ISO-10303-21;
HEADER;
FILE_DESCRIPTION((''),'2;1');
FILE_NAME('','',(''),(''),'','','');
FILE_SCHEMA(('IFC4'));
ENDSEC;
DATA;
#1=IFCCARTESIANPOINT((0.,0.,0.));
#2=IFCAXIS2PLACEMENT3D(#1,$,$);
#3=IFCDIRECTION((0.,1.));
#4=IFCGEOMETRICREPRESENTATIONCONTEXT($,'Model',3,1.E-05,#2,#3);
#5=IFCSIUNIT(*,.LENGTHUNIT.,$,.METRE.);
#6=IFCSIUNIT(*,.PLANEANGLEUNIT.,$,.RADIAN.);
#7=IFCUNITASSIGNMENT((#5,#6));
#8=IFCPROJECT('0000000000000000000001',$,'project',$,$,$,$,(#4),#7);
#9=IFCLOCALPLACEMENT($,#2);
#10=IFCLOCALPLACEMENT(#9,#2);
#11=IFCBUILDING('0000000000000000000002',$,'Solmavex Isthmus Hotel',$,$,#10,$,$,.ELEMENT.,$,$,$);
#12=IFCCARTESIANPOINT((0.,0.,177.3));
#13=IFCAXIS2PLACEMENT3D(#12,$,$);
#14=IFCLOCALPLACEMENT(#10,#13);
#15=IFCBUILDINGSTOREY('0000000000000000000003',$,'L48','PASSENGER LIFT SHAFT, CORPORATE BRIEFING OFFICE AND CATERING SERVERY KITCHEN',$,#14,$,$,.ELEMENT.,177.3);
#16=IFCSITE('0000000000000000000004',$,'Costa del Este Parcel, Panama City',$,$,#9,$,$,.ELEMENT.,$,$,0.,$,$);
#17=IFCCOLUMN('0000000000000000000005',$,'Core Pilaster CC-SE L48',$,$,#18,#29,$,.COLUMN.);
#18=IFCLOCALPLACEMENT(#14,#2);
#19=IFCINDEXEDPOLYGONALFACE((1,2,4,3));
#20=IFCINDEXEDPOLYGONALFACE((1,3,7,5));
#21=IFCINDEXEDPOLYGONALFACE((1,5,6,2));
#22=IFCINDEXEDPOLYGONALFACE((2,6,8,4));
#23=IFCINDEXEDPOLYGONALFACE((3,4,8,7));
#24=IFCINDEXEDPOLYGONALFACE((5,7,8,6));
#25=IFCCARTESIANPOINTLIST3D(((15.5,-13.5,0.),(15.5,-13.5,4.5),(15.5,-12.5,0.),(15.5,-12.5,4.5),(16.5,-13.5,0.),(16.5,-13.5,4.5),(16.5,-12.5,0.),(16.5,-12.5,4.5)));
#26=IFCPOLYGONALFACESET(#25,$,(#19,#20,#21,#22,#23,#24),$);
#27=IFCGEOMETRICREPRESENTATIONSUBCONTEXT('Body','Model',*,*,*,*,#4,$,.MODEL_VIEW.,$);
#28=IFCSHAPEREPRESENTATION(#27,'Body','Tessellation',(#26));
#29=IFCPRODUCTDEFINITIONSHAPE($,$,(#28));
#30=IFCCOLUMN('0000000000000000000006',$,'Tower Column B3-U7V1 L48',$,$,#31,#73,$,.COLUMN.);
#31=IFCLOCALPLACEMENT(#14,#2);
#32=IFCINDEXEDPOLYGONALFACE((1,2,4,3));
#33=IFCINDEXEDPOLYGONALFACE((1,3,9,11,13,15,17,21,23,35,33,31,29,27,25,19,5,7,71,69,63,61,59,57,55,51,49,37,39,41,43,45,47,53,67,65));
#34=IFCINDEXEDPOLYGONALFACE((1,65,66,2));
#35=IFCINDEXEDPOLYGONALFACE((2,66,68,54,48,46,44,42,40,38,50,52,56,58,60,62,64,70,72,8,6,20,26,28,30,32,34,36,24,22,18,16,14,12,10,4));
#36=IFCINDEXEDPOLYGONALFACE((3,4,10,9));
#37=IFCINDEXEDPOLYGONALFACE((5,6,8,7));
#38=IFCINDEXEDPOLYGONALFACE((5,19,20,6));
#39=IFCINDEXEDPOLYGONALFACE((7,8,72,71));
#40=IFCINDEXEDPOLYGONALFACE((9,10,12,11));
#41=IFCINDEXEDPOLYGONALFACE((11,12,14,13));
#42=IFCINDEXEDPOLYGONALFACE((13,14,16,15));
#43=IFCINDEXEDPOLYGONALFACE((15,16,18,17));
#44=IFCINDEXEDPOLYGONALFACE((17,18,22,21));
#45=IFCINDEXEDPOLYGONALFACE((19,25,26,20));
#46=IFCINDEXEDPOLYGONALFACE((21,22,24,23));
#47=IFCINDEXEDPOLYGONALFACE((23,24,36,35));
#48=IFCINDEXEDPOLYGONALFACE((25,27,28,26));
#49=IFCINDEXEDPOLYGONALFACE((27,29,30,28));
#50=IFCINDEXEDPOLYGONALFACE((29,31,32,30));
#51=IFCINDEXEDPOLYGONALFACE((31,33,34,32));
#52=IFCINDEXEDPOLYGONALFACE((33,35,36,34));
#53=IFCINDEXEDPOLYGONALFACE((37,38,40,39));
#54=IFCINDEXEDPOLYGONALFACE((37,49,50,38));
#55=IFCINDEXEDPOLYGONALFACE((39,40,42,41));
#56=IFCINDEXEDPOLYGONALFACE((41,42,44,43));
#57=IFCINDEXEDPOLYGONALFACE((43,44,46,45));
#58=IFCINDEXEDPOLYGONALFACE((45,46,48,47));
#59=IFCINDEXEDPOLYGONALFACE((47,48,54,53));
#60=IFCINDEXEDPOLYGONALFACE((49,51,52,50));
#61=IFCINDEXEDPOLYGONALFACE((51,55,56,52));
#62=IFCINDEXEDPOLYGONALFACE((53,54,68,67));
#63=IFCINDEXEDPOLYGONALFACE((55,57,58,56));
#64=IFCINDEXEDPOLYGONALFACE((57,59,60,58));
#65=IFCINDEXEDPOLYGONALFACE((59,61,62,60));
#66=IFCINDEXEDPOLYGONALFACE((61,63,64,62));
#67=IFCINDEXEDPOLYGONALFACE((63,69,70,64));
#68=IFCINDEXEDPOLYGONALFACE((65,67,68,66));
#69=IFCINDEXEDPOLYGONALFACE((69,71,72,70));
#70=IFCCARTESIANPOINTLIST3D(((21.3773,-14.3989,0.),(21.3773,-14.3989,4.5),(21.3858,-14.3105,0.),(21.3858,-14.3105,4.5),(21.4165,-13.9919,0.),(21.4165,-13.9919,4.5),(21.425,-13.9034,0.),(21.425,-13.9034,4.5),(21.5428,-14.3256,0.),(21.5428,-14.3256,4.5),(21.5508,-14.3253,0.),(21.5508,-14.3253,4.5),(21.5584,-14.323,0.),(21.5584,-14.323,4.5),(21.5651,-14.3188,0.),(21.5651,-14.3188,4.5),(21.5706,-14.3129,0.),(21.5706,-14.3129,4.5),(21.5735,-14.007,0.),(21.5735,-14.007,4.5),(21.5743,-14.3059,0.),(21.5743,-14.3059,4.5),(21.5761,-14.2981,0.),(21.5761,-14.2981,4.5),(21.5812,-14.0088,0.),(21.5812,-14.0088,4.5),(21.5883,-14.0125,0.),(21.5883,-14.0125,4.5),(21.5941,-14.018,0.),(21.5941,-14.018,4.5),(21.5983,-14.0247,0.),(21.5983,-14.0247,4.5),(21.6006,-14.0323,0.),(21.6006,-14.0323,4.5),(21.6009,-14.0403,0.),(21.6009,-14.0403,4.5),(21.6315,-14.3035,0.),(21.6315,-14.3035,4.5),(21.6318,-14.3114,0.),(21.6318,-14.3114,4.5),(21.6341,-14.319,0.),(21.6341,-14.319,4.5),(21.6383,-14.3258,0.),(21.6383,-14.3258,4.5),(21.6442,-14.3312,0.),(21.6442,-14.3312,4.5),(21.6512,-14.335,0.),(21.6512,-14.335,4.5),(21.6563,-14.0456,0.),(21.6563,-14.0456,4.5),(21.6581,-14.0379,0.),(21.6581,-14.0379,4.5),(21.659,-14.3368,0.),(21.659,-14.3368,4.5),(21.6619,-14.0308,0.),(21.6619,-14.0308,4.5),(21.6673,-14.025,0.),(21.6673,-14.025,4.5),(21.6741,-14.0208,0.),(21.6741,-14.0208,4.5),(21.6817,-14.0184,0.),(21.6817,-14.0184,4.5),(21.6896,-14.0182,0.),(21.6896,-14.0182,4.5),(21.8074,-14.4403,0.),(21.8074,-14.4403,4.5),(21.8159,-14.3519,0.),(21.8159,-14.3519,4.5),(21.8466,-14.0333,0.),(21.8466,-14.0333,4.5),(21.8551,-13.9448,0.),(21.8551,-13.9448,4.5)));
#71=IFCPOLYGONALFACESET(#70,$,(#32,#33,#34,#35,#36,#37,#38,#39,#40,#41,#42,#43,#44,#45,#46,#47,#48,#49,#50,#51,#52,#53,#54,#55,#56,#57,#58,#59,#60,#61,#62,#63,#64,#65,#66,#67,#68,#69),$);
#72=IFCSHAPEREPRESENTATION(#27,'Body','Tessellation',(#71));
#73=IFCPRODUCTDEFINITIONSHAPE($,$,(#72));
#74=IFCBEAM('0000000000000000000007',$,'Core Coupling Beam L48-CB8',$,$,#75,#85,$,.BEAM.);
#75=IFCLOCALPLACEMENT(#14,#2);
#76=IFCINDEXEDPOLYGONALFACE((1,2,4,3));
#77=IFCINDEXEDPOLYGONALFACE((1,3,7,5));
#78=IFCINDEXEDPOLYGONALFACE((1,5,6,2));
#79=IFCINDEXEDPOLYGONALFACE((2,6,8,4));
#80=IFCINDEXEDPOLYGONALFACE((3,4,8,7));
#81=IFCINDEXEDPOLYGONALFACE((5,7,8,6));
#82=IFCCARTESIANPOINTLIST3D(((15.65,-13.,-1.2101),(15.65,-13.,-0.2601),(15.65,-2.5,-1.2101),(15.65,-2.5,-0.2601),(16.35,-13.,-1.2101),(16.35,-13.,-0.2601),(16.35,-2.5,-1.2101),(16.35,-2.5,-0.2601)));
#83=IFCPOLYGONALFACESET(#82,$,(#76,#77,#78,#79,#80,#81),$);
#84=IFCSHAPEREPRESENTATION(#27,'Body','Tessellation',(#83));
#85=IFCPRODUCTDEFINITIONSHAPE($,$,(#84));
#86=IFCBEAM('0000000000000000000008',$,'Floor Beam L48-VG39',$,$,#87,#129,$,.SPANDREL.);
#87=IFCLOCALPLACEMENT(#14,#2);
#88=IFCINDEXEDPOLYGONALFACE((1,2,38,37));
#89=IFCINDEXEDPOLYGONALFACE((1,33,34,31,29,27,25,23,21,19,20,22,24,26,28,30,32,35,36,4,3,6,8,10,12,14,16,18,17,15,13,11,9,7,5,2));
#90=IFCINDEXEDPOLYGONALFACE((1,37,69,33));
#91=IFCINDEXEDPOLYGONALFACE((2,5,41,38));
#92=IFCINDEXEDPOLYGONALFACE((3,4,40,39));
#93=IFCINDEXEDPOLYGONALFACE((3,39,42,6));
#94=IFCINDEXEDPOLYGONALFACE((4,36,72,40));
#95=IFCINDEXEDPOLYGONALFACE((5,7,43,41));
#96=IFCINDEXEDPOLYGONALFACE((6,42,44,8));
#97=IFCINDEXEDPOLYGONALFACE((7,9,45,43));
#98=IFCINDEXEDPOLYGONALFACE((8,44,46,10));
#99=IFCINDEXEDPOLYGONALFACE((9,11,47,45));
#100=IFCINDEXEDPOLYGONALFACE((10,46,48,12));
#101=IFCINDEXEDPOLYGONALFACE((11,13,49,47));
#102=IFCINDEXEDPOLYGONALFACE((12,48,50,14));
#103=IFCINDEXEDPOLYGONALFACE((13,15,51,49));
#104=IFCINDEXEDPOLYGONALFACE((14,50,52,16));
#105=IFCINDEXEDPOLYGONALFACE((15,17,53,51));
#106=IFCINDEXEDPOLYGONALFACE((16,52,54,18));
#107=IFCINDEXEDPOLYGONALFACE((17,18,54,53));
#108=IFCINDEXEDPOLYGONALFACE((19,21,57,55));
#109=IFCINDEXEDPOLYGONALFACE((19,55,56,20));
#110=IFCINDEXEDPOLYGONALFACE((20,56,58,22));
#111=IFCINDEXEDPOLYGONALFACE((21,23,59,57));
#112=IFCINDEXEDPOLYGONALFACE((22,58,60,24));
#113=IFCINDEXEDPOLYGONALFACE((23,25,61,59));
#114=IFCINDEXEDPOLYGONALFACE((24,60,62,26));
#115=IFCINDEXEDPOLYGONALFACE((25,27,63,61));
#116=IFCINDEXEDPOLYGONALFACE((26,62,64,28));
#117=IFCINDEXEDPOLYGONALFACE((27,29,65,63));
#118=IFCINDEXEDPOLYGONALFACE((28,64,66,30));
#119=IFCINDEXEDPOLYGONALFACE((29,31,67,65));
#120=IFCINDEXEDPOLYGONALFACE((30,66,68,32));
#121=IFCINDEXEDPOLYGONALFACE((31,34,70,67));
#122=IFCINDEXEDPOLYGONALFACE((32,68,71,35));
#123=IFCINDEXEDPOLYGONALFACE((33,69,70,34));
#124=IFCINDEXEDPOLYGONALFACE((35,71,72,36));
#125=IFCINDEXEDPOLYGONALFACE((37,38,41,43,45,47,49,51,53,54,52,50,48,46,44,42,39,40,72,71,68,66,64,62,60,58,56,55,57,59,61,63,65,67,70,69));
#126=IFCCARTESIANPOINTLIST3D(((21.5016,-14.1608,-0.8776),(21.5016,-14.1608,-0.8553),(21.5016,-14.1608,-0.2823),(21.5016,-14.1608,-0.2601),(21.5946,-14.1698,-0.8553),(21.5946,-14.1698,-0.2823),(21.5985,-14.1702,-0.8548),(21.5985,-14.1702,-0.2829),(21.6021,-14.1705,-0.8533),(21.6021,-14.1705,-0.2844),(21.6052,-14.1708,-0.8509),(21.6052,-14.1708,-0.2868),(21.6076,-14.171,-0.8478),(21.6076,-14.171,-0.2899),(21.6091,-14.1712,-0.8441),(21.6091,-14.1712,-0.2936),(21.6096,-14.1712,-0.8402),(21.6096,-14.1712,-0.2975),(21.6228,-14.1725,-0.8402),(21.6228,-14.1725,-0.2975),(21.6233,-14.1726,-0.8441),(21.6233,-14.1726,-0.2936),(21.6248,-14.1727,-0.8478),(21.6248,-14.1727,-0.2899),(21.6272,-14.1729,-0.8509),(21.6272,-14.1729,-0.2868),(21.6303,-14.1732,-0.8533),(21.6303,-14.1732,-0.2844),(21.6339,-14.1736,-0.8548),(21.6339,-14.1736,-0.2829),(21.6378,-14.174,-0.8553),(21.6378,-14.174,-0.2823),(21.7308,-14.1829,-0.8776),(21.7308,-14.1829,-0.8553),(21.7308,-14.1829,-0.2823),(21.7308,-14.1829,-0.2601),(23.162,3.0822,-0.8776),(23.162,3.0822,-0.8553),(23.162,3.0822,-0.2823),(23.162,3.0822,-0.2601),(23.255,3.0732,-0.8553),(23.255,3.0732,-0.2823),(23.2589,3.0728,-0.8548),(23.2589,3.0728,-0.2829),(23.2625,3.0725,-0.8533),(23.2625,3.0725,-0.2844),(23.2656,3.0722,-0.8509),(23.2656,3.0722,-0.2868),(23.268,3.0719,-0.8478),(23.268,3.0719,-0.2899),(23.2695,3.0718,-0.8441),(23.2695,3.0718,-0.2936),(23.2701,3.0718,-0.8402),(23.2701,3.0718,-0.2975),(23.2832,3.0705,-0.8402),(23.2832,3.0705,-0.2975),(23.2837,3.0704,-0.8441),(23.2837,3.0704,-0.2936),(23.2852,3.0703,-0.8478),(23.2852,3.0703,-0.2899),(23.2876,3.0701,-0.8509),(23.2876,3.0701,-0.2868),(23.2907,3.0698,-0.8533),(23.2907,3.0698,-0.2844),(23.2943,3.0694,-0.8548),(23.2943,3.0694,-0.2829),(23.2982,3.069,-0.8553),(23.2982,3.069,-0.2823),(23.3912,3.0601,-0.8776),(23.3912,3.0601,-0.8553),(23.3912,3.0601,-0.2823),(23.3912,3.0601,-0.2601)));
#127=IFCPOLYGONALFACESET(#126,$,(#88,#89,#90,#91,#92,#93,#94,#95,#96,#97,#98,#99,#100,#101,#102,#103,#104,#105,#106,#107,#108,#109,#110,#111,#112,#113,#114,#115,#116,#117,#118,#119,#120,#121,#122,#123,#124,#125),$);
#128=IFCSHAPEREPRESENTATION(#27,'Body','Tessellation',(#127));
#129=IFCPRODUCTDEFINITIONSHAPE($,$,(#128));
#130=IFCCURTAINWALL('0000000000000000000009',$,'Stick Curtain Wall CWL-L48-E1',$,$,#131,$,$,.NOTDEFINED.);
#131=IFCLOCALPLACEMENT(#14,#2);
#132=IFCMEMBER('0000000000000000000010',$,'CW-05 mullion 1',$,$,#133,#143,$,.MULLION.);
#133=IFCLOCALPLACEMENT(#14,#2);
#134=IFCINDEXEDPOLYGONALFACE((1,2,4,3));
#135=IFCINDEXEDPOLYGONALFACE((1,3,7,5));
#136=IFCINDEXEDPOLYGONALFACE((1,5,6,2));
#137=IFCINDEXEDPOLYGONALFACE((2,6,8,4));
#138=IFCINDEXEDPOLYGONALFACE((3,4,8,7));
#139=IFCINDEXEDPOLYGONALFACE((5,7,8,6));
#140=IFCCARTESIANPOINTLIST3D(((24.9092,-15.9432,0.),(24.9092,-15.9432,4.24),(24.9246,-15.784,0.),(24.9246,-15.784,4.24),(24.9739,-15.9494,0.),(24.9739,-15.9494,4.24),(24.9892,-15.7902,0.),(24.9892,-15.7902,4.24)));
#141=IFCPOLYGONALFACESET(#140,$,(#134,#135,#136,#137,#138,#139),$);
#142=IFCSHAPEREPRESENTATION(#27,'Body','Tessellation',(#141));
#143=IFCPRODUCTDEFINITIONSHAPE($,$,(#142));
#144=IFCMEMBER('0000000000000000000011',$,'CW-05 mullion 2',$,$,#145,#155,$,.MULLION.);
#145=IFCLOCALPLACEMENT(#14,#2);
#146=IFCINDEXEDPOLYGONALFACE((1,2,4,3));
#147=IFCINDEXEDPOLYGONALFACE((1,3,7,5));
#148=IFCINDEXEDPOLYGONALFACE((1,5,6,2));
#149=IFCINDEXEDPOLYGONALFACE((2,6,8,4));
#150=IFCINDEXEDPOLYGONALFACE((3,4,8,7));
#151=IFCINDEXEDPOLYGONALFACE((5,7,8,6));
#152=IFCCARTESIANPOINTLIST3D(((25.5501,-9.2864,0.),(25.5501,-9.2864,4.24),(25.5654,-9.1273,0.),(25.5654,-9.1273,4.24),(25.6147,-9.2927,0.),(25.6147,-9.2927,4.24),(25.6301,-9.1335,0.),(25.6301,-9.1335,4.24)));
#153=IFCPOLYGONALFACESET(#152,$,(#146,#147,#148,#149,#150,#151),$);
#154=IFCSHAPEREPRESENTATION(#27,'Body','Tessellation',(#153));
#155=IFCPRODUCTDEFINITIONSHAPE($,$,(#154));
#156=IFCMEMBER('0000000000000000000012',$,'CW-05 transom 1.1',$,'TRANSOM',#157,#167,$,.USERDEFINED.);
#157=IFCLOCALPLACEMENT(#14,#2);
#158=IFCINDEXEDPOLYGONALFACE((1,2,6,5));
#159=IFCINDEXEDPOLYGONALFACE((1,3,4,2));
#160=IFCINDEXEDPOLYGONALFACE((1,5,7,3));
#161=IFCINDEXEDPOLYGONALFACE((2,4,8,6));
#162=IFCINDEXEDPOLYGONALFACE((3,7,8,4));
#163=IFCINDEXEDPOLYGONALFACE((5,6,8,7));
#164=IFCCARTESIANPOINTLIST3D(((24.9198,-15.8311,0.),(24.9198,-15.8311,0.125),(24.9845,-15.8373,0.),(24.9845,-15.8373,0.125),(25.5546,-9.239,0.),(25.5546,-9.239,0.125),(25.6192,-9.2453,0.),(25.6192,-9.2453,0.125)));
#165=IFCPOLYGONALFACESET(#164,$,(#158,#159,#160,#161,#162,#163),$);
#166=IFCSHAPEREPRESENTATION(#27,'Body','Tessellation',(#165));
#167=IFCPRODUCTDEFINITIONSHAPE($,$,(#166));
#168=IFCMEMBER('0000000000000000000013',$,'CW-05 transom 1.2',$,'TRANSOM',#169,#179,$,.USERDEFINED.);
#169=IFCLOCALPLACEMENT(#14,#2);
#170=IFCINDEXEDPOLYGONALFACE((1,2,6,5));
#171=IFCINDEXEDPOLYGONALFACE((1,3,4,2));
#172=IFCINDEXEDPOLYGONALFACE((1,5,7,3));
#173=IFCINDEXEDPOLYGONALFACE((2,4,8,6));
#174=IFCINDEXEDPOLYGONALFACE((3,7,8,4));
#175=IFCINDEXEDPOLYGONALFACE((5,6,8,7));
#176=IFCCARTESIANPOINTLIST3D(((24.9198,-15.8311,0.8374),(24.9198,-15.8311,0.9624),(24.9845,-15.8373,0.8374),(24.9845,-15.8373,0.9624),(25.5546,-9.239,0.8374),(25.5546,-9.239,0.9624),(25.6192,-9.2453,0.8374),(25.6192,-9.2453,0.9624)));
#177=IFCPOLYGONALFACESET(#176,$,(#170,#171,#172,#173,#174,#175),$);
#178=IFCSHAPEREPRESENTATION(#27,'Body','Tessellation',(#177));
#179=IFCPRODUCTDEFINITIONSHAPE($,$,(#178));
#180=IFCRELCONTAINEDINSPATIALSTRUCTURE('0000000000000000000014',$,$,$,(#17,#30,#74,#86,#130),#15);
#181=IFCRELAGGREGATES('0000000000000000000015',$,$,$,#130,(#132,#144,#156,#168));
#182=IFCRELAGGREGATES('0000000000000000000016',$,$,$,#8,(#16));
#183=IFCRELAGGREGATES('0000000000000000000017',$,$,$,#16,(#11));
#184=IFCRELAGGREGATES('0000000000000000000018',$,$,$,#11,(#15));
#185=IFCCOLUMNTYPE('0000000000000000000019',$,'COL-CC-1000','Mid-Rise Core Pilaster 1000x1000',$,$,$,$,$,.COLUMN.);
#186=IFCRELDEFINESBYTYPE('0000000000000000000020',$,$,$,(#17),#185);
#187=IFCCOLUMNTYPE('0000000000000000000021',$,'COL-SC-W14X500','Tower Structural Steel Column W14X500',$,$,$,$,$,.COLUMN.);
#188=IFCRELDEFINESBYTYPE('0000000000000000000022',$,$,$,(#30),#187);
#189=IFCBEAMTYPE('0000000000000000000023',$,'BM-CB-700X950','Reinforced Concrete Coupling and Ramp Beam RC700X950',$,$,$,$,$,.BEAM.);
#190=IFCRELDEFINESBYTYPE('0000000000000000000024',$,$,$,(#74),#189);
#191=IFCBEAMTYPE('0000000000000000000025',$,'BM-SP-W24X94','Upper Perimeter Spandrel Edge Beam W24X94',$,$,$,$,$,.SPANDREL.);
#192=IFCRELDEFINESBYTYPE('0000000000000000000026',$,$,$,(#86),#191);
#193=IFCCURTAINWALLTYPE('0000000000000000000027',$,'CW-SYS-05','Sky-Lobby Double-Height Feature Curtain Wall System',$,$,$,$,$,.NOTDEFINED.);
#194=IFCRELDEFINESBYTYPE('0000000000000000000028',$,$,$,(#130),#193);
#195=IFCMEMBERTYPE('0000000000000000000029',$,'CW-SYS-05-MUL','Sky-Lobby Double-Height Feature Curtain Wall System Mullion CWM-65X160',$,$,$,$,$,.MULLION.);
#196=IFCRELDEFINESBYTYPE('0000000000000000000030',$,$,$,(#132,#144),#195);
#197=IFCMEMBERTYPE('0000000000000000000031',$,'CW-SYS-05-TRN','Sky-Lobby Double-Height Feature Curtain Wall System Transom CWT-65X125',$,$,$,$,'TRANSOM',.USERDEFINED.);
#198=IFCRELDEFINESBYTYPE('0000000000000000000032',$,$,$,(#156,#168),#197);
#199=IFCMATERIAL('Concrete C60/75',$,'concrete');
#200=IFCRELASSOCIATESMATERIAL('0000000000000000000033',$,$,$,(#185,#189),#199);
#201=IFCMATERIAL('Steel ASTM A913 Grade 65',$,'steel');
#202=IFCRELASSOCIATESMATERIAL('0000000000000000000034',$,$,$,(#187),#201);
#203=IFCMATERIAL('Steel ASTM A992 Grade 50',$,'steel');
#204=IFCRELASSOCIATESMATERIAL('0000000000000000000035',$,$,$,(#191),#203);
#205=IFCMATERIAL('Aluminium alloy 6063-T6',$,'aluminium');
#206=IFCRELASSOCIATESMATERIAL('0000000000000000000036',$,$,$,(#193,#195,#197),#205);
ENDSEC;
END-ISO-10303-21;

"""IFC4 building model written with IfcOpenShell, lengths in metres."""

from ifc_helpers import new_model, si_unit, direction, frame, origin, origin_2d, place, context, subcontext, project, spatial, rectangle, i_section, extrude, material, material_profile, profile_set, type_object, element, aggregate, save


model = new_model("IFC4")

# Units and contexts
model_context = context("Model", 3, precision=1e-05, world=origin(), true_north=direction((0.0, 1.0)))
body_context = subcontext(model_context, "Body", "Model", "MODEL_VIEW")
ifc_project = project(units=[si_unit("LENGTHUNIT", "METRE"), si_unit("PLANEANGLEUNIT", "RADIAN")], contexts=[model_context])

# Site, building, storey
site_placement = place(None, origin())
site = spatial("IfcSite", under=ifc_project, at=site_placement, Name="Costa del Este Parcel, Panama City", CompositionType="ELEMENT", RefElevation=0.0)
building_placement = place(site_placement, origin())
building = spatial("IfcBuilding", under=site, at=building_placement, Name="Solmavex Isthmus Hotel", CompositionType="ELEMENT")
storey_placement = place(building_placement, frame((0.0, 0.0, 177.3)))
storey = spatial("IfcBuildingStorey", under=building, at=storey_placement, Name="L48", Description="PASSENGER LIFT SHAFT, CORPORATE BRIEFING OFFICE AND CATERING SERVERY KITCHEN", CompositionType="ELEMENT", Elevation=177.3)

# Columns
ifc_material_1 = material(Name="Concrete C60/75", Category="concrete")
ifc_material_profile_1 = material_profile(ifc_material_1, rectangle(XDim=1.0, YDim=1.0, at=origin_2d()), Name="RC1000X1000")
ifc_profile_set_1 = profile_set([ifc_material_profile_1], Name="Concrete C60/75")
column_type_1 = type_object("IfcColumnType", Name="COL-CC-1000", Description="Mid-Rise Core Pilaster 1000x1000", PredefinedType="COLUMN", material=ifc_profile_set_1)
column_1_placement = place(storey_placement, frame((16.0, -13.0, 0.0), z_axis=(0.0, 0.0, 1.0), x_axis=(1.0, 0.0, 0.0)))
element("IfcColumn", 1, at=column_1_placement, inside=storey, type_object=column_type_1, Name="Core Pilaster CC-SE L48", PredefinedType="COLUMN", context=body_context, shape_type="SweptSolid", body=[
    extrude(rectangle(XDim=1.0, YDim=1.0, at=origin_2d()), origin(), (0.0, 0.0, 1.0), 4.5),
])
ifc_material_2 = material(Name="Steel ASTM A913 Grade 65", Category="steel")
ifc_material_profile_2 = material_profile(ifc_material_2, i_section(OverallWidth=0.4321, OverallDepth=0.4978, WebThickness=0.0557, FlangeThickness=0.0889, FilletRadius=0.0305, at=origin_2d()), Name="W14X500")
ifc_profile_set_2 = profile_set([ifc_material_profile_2], Name="Steel ASTM A913 Grade 65")
column_type_2 = type_object("IfcColumnType", Name="COL-SC-W14X500", Description="Tower Structural Steel Column W14X500", PredefinedType="COLUMN", material=ifc_profile_set_2)
column_2_placement = place(storey_placement, frame((21.6162, -14.1719, 0.0), z_axis=(0.0, 0.0, 1.0), x_axis=(0.995396, -0.095846, 0.0)))
element("IfcColumn", 2, at=column_2_placement, inside=storey, type_object=column_type_2, Name="Tower Column B3-U7V1 L48", PredefinedType="COLUMN", context=body_context, shape_type="SweptSolid", body=[
    extrude(i_section(OverallWidth=0.4321, OverallDepth=0.4978, WebThickness=0.0557, FlangeThickness=0.0889, FilletRadius=0.0305, at=origin_2d()), origin(), (0.0, 0.0, 1.0), 4.5),
])

# Beams
ifc_material_profile_3 = material_profile(ifc_material_1, rectangle(XDim=0.7, YDim=0.95, at=origin_2d()), Name="RC700X950")
ifc_profile_set_3 = profile_set([ifc_material_profile_3], Name="Concrete C60/75")
beam_type_1 = type_object("IfcBeamType", Name="BM-CB-700X950", Description="Reinforced Concrete Coupling and Ramp Beam RC700X950", PredefinedType="BEAM", material=ifc_profile_set_3)
beam_1_placement = place(storey_placement, frame((16.0, -13.0, -0.7351), z_axis=(0.0, 1.0, 0.0), x_axis=(-1.0, 0.0, 0.0)))
element("IfcBeam", 3, at=beam_1_placement, inside=storey, type_object=beam_type_1, Name="Core Coupling Beam L48-CB8", PredefinedType="BEAM", context=body_context, shape_type="SweptSolid", body=[
    extrude(rectangle(XDim=0.7, YDim=0.95, at=origin_2d()), origin(), (0.0, 0.0, 1.0), 10.5),
])
ifc_material_3 = material(Name="Steel ASTM A992 Grade 50", Category="steel")
ifc_material_profile_4 = material_profile(ifc_material_3, i_section(OverallWidth=0.2302, OverallDepth=0.6174, WebThickness=0.0132, FlangeThickness=0.0222, FilletRadius=0.0151, at=origin_2d()), Name="W24X94")
ifc_profile_set_4 = profile_set([ifc_material_profile_4], Name="Steel ASTM A992 Grade 50")
beam_type_2 = type_object("IfcBeamType", Name="BM-SP-W24X94", Description="Upper Perimeter Spandrel Edge Beam W24X94", PredefinedType="SPANDREL", material=ifc_profile_set_4)
beam_2_placement = place(storey_placement, frame((21.6162, -14.1719, -0.5688), z_axis=(0.095851, 0.995396, 0.0), x_axis=(-0.995396, 0.095851, 0.0)))
element("IfcBeam", 4, at=beam_2_placement, inside=storey, type_object=beam_type_2, Name="Floor Beam L48-VG39", PredefinedType="SPANDREL", context=body_context, shape_type="SweptSolid", body=[
    extrude(i_section(OverallWidth=0.2302, OverallDepth=0.6174, WebThickness=0.0132, FlangeThickness=0.0222, FilletRadius=0.0151, at=origin_2d()), origin(), (0.0, 0.0, 1.0), 17.3228),
])

# Curtain wall, members
ifc_material_4 = material(Name="Aluminium alloy 6063-T6", Category="aluminium")
curtain_wall_type = type_object("IfcCurtainWallType", Name="CW-SYS-05", Description="Sky-Lobby Double-Height Feature Curtain Wall System", PredefinedType="NOTDEFINED", material=ifc_material_4)
curtain_wall_placement = place(storey_placement, origin())
curtain_wall = element("IfcCurtainWall", 5, at=curtain_wall_placement, inside=storey, type_object=curtain_wall_type, Name="Stick Curtain Wall CWL-L48-E1", PredefinedType="NOTDEFINED")
ifc_material_profile_5 = material_profile(ifc_material_4, rectangle(XDim=0.0649, YDim=0.1599, at=origin_2d()), Name="CWM-65X160")
ifc_profile_set_5 = profile_set([ifc_material_profile_5], Name="Aluminium alloy 6063-T6")
member_type_1 = type_object("IfcMemberType", Name="CW-SYS-05-MUL", Description="Sky-Lobby Double-Height Feature Curtain Wall System Mullion CWM-65X160", PredefinedType="MULLION", material=ifc_profile_set_5)
member_1_placement = place(storey_placement, frame((24.9492, -15.8667, 0.0), z_axis=(0.0, 0.0, 1.0), x_axis=(-0.995396, 0.095846, 0.0)))
member_1 = element("IfcMember", 6, at=member_1_placement, type_object=member_type_1, Name="CW-05 mullion 1", PredefinedType="MULLION", context=body_context, shape_type="SweptSolid", body=[
    extrude(rectangle(XDim=0.0649, YDim=0.1599, at=origin_2d()), origin(), (0.0, 0.0, 1.0), 4.24),
])
member_2_placement = place(storey_placement, frame((25.5901, -9.21, 0.0), z_axis=(0.0, 0.0, 1.0), x_axis=(-0.995396, 0.095846, 0.0)))
member_2 = element("IfcMember", 7, at=member_2_placement, type_object=member_type_1, Name="CW-05 mullion 2", PredefinedType="MULLION", context=body_context, shape_type="SweptSolid", body=[
    extrude(rectangle(XDim=0.0649, YDim=0.1599, at=origin_2d()), origin(), (0.0, 0.0, 1.0), 4.24),
])
ifc_material_profile_6 = material_profile(ifc_material_4, rectangle(XDim=0.0649, YDim=0.125, at=origin_2d()), Name="CWT-65X125")
ifc_profile_set_6 = profile_set([ifc_material_profile_6], Name="Aluminium alloy 6063-T6")
member_type_2 = type_object("IfcMemberType", Name="CW-SYS-05-TRN", Description="Sky-Lobby Double-Height Feature Curtain Wall System Transom CWT-65X125", ElementType="TRANSOM", PredefinedType="USERDEFINED", material=ifc_profile_set_6)
member_3_placement = place(storey_placement, frame((24.9521, -15.8342, 0.0625), z_axis=(0.095849, 0.995396, 0.0), x_axis=(-0.995396, 0.095849, 0.0)))
member_3 = element("IfcMember", 8, at=member_3_placement, type_object=member_type_2, Name="CW-05 transom 1.1", ObjectType="TRANSOM", PredefinedType="USERDEFINED", context=body_context, shape_type="SweptSolid", body=[
    extrude(rectangle(XDim=0.0649, YDim=0.125, at=origin_2d()), origin(), (0.0, 0.0, 1.0), 6.6226),
])
member_4_placement = place(storey_placement, frame((24.9521, -15.8342, 0.8999), z_axis=(0.095849, 0.995396, 0.0), x_axis=(-0.995396, 0.095849, 0.0)))
member_4 = element("IfcMember", 9, at=member_4_placement, type_object=member_type_2, Name="CW-05 transom 1.2", ObjectType="TRANSOM", PredefinedType="USERDEFINED", context=body_context, shape_type="SweptSolid", body=[
    extrude(rectangle(XDim=0.0649, YDim=0.125, at=origin_2d()), origin(), (0.0, 0.0, 1.0), 6.6226),
])
aggregate(curtain_wall, [member_1, member_2, member_3, member_4])

save(model, "model.ifc")
